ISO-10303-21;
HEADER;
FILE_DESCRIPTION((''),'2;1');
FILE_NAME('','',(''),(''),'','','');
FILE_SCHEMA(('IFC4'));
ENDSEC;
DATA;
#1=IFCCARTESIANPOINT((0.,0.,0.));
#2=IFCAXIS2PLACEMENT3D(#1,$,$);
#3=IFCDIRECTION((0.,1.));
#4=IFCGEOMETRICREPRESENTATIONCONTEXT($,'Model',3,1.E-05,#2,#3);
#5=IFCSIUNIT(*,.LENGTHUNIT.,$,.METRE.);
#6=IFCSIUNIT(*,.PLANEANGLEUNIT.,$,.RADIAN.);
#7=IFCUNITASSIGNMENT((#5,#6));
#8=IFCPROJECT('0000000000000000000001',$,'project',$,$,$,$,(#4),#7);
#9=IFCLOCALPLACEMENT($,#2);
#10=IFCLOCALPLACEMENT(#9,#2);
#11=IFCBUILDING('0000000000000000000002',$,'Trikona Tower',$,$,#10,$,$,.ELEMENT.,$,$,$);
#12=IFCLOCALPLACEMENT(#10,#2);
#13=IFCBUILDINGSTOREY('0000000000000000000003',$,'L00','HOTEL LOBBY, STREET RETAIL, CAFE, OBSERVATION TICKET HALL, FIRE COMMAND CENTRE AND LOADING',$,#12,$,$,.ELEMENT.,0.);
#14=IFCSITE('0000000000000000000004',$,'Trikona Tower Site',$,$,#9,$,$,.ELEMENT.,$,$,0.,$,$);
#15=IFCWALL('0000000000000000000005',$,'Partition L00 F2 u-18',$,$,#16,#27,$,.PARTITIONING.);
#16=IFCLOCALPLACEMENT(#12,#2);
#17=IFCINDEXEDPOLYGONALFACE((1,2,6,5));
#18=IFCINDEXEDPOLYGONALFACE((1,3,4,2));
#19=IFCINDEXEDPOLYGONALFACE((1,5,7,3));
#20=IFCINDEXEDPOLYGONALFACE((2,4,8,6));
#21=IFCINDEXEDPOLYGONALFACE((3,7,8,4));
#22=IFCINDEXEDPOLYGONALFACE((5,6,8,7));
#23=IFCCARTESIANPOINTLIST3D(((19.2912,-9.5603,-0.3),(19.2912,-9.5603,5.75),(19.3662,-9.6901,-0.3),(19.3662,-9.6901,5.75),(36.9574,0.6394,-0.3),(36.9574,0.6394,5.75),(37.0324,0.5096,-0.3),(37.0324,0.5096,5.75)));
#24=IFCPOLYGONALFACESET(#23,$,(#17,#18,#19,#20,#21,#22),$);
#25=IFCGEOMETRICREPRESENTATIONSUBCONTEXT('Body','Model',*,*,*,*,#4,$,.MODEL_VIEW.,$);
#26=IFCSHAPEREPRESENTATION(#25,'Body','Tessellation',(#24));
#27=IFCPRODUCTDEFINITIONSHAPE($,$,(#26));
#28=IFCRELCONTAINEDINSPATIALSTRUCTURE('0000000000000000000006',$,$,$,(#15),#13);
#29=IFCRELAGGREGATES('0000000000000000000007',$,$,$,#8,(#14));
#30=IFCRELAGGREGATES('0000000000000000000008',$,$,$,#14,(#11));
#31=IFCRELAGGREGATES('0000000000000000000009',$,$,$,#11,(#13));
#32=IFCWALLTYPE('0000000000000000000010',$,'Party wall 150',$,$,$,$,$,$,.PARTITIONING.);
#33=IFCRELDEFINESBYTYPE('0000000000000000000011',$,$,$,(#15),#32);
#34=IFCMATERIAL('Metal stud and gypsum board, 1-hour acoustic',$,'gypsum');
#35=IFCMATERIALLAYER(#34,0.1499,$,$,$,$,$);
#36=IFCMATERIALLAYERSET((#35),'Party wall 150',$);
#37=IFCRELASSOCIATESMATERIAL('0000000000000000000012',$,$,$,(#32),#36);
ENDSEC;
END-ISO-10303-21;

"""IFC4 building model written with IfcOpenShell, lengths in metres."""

from ifc_helpers import new_model, si_unit, direction, frame, frame_2d, origin, place, context, subcontext, project, spatial, rectangle, extrude, material, layer, layer_set, type_object, element, save


model = new_model("IFC4")

# Units and contexts
model_context = context("Model", 3, precision=1e-05, world=origin(), true_north=direction((0.0, 1.0)))
body_context = subcontext(model_context, "Body", "Model", "MODEL_VIEW")
ifc_project = project(units=[si_unit("LENGTHUNIT", "METRE"), si_unit("PLANEANGLEUNIT", "RADIAN")], contexts=[model_context])

# Site, building, storey
site_placement = place(None, origin())
site = spatial("IfcSite", under=ifc_project, at=site_placement, Name="Trikona Tower Site", CompositionType="ELEMENT", RefElevation=0.0)
building_placement = place(site_placement, origin())
building = spatial("IfcBuilding", under=site, at=building_placement, Name="Trikona Tower", CompositionType="ELEMENT")
storey_placement = place(building_placement, origin())
storey = spatial("IfcBuildingStorey", under=building, at=storey_placement, Name="L00", Description="HOTEL LOBBY, STREET RETAIL, CAFE, OBSERVATION TICKET HALL, FIRE COMMAND CENTRE AND LOADING", CompositionType="ELEMENT", Elevation=0.0)

# Wall
ifc_material_1 = material(Name="Metal stud and gypsum board, 1-hour acoustic", Category="gypsum")
ifc_layer_1 = layer(ifc_material_1, 0.1499)
ifc_layer_set_1 = layer_set([ifc_layer_1], Name="Party wall 150")
wall_type_1 = type_object("IfcWallType", Name="Party wall 150", PredefinedType="PARTITIONING", material=ifc_layer_set_1)
wall_1_placement = place(storey_placement, frame((19.3286, -9.6252, -0.3), z_axis=(0.0, 0.0, 1.0), x_axis=(0.866024, 0.500003, 0.0)))
element("IfcWall", 1, at=wall_1_placement, inside=storey, type_object=wall_type_1, Name="Partition L00 F2 u-18", PredefinedType="PARTITIONING", context=body_context, shape_type="SweptSolid", body=[
    extrude(rectangle(XDim=20.3992, YDim=0.1499, at=frame_2d((10.1997, 0.0))), origin(), (0.0, 0.0, 1.0), 6.05),
])

save(model, "model.ifc")
